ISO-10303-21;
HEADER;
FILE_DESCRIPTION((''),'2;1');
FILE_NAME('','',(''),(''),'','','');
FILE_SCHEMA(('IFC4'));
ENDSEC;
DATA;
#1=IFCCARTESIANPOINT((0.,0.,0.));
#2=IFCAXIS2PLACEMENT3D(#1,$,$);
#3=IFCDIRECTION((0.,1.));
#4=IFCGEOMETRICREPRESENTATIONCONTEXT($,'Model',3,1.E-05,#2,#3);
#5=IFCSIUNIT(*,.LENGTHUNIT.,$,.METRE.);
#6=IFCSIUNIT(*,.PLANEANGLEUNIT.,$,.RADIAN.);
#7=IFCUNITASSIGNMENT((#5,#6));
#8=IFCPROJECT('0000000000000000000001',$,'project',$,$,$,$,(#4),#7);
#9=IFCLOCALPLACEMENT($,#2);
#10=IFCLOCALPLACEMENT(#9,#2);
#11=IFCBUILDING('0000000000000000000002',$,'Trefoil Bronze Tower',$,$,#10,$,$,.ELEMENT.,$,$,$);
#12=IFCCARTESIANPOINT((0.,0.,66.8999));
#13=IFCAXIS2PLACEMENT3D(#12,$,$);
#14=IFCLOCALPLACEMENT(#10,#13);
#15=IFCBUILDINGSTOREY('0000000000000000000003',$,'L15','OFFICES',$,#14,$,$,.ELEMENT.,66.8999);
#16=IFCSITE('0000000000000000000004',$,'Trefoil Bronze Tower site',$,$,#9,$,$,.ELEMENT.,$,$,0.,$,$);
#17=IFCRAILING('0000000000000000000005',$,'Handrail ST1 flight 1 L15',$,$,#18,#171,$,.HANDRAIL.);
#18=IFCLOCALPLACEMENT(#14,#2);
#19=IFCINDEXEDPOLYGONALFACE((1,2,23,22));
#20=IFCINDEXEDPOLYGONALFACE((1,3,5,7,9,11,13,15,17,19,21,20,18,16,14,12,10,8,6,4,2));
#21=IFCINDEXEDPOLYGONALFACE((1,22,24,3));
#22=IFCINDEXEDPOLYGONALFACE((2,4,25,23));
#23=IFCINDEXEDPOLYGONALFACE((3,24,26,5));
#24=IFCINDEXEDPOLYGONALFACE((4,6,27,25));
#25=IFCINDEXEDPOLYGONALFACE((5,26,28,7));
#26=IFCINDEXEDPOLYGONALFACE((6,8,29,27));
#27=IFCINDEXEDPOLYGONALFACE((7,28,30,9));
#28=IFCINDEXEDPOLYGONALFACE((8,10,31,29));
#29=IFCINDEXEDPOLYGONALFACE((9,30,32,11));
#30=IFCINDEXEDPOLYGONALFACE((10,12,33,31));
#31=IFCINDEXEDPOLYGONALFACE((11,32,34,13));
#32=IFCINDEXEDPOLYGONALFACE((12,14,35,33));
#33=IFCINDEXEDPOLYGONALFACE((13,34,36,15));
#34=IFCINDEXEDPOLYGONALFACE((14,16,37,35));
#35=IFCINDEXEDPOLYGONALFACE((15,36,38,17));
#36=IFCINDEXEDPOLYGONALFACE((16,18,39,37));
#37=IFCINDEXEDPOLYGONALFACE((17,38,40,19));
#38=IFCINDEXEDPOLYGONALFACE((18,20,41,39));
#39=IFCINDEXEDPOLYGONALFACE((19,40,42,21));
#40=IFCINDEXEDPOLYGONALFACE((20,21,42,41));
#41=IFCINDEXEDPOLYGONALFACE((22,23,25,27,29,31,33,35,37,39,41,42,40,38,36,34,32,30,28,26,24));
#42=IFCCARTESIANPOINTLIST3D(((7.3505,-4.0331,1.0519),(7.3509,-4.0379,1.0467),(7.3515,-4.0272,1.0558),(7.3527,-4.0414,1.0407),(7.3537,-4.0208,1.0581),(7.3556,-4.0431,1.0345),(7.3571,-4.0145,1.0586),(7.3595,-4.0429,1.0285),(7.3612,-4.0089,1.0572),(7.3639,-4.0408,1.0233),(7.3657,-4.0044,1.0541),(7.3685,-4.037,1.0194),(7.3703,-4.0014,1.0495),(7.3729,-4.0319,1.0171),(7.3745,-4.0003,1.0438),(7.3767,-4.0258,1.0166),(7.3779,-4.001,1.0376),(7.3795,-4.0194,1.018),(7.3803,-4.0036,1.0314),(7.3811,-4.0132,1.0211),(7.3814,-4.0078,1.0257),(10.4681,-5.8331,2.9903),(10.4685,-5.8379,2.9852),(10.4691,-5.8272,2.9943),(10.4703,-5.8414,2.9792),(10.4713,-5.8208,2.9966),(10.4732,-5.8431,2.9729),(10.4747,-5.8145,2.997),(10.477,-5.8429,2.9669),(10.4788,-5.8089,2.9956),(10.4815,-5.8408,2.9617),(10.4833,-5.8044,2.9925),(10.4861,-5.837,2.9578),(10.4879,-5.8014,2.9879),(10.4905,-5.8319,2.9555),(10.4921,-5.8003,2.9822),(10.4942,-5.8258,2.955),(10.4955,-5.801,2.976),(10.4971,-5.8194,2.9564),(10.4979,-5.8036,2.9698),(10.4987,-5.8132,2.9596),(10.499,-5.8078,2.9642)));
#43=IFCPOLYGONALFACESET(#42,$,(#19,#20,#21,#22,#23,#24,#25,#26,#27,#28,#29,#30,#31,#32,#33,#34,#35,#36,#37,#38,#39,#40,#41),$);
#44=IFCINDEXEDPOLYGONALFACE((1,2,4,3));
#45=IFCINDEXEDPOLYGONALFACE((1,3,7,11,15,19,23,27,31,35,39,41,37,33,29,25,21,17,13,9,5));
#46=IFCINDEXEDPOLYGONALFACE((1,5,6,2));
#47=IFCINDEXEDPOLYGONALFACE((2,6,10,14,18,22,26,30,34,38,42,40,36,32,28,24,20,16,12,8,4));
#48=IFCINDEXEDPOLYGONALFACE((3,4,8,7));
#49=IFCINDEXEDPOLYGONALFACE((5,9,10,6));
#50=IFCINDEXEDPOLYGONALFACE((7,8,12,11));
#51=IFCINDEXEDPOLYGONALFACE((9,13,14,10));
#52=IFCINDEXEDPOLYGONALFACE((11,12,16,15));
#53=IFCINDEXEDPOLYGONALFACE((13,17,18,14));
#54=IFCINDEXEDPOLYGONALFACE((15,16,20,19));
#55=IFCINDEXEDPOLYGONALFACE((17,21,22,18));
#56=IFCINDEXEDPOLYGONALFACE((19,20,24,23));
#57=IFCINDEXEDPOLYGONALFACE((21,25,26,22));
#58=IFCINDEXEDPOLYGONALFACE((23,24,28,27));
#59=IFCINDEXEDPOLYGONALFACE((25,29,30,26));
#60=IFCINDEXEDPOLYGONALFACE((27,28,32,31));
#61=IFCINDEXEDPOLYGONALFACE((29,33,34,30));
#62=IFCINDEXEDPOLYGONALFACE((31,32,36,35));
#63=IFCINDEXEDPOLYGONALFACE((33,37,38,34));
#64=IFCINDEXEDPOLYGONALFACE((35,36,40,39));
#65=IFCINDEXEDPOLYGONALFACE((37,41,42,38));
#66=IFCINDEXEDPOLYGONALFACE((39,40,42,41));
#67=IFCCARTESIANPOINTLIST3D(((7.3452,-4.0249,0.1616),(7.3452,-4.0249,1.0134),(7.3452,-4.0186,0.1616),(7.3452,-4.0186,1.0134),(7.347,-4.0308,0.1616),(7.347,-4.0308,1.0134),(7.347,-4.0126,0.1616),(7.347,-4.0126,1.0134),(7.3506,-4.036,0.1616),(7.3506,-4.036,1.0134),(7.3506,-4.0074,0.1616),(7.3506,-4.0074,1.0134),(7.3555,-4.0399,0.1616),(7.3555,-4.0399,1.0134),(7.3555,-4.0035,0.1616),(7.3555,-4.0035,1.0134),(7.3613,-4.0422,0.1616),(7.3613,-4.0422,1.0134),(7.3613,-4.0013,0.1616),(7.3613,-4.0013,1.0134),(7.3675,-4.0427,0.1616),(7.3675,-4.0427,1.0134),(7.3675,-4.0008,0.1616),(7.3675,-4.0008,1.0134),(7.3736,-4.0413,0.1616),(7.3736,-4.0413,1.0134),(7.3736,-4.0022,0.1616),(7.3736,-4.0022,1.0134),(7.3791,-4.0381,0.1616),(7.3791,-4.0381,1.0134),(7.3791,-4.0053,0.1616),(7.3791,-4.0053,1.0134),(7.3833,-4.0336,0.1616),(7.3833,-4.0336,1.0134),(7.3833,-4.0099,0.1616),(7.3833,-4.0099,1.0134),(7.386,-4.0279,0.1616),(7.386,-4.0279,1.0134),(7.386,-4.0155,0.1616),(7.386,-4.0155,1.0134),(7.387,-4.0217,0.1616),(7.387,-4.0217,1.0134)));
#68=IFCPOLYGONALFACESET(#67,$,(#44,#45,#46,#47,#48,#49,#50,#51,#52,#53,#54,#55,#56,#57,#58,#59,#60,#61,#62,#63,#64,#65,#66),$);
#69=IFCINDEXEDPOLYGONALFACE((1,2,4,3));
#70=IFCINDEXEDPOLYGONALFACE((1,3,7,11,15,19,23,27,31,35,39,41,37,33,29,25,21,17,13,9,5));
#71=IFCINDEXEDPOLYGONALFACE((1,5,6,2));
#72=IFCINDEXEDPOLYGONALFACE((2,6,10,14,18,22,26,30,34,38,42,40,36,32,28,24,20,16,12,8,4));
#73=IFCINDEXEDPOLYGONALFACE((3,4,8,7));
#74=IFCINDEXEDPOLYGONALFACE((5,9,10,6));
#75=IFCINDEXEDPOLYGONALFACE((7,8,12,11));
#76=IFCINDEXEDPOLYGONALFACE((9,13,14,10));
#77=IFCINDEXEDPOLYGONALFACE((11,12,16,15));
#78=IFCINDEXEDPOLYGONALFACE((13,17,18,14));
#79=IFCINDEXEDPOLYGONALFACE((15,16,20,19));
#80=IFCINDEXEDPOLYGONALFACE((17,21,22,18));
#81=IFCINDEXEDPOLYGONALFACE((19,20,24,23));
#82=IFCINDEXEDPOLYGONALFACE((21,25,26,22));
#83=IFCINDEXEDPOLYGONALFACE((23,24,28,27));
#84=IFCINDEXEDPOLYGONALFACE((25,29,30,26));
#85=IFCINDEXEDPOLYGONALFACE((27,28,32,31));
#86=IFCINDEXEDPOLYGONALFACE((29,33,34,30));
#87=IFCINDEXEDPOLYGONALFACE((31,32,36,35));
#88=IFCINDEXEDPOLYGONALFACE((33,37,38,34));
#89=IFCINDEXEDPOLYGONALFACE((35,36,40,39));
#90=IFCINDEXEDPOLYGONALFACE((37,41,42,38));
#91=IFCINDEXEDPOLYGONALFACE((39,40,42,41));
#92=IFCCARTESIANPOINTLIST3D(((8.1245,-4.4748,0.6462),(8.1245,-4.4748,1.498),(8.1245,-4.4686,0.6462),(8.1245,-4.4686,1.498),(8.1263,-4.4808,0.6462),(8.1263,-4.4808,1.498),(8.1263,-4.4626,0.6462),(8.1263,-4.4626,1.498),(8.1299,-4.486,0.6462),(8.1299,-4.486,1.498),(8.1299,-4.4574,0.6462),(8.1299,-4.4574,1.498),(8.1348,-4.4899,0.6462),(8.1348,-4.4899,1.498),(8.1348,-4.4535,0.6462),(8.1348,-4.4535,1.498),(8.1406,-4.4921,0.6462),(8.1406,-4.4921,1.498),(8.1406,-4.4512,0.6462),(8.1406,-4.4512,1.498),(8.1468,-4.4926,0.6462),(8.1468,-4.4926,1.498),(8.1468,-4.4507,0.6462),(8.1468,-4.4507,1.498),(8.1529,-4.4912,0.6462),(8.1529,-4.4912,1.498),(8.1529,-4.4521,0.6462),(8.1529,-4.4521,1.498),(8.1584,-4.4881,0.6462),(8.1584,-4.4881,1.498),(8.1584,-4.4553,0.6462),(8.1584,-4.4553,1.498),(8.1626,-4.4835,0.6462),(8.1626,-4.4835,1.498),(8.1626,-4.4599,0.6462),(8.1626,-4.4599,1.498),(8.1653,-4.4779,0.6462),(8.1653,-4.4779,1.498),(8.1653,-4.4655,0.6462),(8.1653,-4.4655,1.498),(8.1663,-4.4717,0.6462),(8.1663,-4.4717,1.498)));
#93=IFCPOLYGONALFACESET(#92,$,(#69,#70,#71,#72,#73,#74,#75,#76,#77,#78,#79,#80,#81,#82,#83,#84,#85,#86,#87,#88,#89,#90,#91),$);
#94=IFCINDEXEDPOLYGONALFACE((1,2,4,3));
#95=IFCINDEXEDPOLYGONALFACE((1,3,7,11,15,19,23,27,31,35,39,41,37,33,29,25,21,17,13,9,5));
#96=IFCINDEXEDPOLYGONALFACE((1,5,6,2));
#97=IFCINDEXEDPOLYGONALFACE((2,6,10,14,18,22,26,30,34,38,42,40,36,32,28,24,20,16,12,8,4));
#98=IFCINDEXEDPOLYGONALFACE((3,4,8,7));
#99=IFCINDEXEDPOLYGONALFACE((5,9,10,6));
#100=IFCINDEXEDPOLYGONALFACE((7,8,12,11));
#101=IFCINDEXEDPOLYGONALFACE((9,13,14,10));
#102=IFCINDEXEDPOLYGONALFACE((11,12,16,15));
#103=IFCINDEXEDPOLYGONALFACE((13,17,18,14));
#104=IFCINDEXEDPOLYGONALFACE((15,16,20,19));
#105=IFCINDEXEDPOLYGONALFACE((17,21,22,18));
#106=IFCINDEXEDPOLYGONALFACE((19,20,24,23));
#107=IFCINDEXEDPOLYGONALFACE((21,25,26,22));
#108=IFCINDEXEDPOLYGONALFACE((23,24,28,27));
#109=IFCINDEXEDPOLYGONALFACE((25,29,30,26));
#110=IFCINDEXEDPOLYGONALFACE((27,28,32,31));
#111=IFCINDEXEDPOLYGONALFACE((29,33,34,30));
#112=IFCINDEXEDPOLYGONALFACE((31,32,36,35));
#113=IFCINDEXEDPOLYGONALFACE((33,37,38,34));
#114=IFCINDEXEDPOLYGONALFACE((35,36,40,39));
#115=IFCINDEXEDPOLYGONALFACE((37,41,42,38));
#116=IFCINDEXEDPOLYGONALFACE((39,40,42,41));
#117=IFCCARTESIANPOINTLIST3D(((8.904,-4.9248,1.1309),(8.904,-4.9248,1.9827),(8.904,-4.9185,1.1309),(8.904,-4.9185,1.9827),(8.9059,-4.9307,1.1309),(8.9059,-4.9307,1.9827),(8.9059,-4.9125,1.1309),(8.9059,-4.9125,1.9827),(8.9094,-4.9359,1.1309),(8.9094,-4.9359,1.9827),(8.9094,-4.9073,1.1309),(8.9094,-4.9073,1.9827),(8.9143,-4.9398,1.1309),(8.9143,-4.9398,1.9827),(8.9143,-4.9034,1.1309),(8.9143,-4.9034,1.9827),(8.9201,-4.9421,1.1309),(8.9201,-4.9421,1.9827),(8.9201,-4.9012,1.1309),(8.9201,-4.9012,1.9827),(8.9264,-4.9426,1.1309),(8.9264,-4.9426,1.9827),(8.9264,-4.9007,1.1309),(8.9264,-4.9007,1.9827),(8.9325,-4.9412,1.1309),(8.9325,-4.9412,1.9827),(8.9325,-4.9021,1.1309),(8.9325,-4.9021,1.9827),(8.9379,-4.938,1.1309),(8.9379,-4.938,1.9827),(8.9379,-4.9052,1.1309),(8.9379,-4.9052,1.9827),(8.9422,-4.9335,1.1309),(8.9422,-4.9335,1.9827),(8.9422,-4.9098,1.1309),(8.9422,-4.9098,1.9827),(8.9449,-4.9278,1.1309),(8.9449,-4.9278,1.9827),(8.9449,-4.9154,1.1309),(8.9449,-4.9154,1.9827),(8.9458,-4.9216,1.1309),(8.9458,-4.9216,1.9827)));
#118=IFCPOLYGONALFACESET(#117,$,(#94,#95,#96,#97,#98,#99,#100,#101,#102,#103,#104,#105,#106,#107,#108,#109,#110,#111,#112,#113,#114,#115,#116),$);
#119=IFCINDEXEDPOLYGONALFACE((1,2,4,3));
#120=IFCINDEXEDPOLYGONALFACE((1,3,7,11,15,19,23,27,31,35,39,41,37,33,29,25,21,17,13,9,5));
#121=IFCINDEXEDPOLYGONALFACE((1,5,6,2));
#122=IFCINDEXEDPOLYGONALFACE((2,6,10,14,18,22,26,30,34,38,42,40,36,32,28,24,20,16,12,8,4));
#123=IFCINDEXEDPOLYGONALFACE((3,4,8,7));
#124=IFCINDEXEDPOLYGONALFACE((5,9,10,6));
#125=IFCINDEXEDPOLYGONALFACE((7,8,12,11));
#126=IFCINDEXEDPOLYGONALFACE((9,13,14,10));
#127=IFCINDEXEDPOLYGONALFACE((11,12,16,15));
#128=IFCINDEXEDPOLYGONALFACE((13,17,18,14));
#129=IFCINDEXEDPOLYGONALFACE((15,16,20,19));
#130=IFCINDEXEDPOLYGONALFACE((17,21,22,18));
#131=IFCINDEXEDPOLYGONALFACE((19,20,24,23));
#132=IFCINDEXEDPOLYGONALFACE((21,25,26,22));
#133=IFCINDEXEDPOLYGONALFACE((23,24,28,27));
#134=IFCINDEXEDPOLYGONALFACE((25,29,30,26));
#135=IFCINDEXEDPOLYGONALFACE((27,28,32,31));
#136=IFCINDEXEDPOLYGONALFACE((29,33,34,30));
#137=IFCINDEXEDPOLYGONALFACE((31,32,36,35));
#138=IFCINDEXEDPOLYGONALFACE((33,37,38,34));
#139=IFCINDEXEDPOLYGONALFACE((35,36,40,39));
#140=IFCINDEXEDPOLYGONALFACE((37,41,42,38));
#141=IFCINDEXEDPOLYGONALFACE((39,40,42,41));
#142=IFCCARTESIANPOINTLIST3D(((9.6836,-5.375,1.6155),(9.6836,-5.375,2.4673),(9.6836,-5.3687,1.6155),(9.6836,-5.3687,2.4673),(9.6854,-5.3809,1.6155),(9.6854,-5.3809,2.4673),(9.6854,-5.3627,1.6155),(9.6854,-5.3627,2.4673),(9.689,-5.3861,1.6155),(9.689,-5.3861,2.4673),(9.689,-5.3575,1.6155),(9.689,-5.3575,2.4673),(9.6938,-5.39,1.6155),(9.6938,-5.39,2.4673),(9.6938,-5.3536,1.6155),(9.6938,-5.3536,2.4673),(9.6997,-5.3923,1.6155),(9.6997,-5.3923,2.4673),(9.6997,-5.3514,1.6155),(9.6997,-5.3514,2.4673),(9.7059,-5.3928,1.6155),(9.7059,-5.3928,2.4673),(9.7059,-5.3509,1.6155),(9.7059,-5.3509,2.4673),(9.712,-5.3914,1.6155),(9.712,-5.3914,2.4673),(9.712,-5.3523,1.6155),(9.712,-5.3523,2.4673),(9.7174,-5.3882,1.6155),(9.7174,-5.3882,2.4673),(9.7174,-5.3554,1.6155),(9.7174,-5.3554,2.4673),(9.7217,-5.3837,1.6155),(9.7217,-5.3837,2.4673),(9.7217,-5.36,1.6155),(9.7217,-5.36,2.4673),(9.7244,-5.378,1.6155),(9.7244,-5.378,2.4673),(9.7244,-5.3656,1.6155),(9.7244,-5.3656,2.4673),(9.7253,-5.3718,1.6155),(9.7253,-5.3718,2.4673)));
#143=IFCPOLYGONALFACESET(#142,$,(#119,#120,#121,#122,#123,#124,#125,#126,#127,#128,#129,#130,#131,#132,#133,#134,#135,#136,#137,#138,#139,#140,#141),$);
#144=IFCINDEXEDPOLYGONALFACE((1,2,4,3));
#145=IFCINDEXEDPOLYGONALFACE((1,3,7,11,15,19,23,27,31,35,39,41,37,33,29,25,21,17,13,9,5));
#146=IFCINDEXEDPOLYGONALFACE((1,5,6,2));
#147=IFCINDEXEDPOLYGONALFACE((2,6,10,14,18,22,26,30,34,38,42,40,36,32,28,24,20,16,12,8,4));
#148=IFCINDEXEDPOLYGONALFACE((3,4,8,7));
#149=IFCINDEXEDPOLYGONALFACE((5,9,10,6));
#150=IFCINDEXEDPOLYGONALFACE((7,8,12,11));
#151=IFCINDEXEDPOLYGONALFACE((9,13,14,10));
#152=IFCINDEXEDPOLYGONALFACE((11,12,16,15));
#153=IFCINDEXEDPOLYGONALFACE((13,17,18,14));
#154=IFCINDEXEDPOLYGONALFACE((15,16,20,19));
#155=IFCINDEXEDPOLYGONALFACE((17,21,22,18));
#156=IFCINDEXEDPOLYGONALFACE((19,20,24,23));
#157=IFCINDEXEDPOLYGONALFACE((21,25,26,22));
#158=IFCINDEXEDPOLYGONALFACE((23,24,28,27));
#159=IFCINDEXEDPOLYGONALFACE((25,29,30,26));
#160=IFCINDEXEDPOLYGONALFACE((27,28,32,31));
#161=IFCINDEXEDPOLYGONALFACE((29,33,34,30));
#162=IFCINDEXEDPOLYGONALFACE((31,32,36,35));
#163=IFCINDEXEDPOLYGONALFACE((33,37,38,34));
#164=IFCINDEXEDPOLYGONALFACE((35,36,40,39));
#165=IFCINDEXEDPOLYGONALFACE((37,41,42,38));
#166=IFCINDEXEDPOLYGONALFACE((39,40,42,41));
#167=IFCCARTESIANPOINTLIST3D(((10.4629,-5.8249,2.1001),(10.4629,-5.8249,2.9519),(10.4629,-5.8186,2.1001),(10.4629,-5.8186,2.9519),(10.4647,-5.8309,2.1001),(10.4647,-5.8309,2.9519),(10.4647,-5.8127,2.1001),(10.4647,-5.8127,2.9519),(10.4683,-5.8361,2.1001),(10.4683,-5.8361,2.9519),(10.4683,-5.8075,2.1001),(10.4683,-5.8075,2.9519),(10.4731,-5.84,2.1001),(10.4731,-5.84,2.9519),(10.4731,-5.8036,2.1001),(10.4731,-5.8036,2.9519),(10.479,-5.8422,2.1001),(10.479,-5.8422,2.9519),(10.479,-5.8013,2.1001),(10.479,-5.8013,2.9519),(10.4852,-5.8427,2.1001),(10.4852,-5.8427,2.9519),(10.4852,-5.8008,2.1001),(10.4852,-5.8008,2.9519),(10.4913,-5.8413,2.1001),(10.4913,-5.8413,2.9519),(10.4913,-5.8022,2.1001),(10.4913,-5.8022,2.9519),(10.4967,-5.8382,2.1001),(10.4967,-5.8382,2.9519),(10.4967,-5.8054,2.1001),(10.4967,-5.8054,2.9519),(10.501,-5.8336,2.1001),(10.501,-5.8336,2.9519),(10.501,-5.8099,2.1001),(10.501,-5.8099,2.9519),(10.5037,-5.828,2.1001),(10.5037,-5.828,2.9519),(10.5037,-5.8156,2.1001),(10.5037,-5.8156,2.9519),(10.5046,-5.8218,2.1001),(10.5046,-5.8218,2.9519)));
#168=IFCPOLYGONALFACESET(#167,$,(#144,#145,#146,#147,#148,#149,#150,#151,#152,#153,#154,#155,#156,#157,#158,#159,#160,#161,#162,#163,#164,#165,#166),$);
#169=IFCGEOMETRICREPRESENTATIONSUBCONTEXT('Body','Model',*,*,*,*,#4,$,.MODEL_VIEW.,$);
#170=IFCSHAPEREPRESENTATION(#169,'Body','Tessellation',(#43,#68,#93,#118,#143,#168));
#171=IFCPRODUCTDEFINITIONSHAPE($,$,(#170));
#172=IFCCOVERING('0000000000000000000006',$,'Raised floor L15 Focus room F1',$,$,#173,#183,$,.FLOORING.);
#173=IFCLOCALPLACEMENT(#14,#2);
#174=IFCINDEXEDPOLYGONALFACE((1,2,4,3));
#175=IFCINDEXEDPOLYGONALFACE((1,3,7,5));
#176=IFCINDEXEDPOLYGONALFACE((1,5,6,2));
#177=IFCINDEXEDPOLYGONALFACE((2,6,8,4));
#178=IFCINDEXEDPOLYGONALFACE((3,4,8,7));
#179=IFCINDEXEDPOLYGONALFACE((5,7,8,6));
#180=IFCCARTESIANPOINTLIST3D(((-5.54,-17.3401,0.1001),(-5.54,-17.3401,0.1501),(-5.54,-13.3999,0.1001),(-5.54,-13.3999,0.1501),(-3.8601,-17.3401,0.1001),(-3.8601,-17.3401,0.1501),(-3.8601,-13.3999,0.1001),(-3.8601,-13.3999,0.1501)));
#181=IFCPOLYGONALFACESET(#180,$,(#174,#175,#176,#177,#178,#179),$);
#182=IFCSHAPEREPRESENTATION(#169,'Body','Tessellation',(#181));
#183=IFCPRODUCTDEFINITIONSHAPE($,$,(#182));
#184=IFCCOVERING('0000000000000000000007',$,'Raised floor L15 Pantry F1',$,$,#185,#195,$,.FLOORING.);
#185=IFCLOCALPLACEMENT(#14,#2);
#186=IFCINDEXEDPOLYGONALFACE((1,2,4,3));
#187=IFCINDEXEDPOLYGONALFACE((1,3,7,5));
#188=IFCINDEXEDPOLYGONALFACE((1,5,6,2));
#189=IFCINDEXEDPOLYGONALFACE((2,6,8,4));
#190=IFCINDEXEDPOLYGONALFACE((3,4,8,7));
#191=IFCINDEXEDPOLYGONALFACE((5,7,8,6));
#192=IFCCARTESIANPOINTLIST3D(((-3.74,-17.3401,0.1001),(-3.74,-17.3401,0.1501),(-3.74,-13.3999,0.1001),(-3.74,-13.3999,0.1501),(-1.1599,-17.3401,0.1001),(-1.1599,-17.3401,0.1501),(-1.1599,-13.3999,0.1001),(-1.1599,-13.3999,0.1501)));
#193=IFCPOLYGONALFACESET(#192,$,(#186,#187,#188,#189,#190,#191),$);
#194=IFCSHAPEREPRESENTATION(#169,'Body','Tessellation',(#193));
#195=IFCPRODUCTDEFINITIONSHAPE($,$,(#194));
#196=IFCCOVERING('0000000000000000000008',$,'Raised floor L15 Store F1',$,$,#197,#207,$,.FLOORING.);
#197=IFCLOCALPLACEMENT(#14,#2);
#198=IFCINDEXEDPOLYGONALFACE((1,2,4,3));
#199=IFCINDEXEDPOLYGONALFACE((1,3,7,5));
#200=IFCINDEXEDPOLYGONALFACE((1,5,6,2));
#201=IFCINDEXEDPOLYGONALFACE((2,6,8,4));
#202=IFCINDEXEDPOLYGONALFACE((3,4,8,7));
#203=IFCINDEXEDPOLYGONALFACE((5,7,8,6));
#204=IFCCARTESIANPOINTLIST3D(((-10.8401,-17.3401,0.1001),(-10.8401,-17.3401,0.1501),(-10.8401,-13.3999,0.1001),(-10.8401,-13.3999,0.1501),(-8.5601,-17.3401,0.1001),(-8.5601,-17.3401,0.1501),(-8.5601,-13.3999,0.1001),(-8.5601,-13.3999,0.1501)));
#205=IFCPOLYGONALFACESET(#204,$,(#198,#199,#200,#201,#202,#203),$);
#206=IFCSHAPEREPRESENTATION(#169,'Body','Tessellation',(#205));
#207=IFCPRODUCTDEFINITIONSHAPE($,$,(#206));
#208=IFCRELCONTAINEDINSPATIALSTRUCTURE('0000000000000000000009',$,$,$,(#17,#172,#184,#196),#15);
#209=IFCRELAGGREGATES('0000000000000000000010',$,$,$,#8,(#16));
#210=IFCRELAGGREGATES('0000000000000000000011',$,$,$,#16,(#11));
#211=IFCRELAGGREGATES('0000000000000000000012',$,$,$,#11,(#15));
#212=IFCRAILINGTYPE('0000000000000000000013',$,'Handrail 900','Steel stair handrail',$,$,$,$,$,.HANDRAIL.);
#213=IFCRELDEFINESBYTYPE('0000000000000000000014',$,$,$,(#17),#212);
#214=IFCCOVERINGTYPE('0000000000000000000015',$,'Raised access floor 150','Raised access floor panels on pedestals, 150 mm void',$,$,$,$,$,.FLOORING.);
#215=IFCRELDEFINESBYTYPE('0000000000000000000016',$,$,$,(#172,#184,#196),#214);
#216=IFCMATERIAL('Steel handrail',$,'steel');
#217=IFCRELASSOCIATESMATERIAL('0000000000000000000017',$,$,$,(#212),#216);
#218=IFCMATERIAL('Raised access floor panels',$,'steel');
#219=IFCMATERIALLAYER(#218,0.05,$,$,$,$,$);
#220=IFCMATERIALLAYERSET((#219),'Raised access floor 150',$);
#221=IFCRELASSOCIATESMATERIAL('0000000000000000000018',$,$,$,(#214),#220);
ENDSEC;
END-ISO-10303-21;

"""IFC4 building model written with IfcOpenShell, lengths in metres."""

from ifc_helpers import new_model, si_unit, direction, frame, origin, origin_2d, place, context, subcontext, project, spatial, polyline, circle, outline, extrude, material, layer, layer_set, type_object, element, save


model = new_model("IFC4")

# Units and contexts
model_context = context("Model", 3, precision=1e-05, world=origin(), true_north=direction((0.0, 1.0)))
body_context = subcontext(model_context, "Body", "Model", "MODEL_VIEW")
ifc_project = project(units=[si_unit("LENGTHUNIT", "METRE"), si_unit("PLANEANGLEUNIT", "RADIAN")], contexts=[model_context])

# Site, building, storey
site_placement = place(None, origin())
site = spatial("IfcSite", under=ifc_project, at=site_placement, Name="Trefoil Bronze Tower site", CompositionType="ELEMENT", RefElevation=0.0)
building_placement = place(site_placement, origin())
building = spatial("IfcBuilding", under=site, at=building_placement, Name="Trefoil Bronze Tower", CompositionType="ELEMENT")
storey_placement = place(building_placement, frame((0.0, 0.0, 66.8999)))
storey = spatial("IfcBuildingStorey", under=building, at=storey_placement, Name="L15", Description="OFFICES", CompositionType="ELEMENT", Elevation=66.8999)

# Railing
ifc_material_1 = material(Name="Steel handrail", Category="steel")
railing_type = type_object("IfcRailingType", Name="Handrail 900", Description="Steel stair handrail", PredefinedType="HANDRAIL", material=ifc_material_1)
railing_placement = place(storey_placement, frame((7.366, -4.0217, 0.1616)))
element("IfcRailing", 1, at=railing_placement, inside=storey, type_object=railing_type, Name="Handrail ST1 flight 1 L15", PredefinedType="HANDRAIL", context=body_context, shape_type="SweptSolid", body=[
    extrude(circle(Radius=0.0239, at=origin_2d()), frame((0.0, 0.0, 0.876), z_axis=(0.762503, -0.440246, 0.474102), x_axis=(0.500012, 0.866018, 0.0)), (0.0, 0.0, 1.0), 4.0886),
    extrude(circle(Radius=0.021, at=origin_2d()), origin(), (0.0, 0.0, 1.0), 0.8518),
    extrude(circle(Radius=0.021, at=origin_2d()), frame((0.7793, -0.45, 0.4846)), (0.0, 0.0, 1.0), 0.8518),
    extrude(circle(Radius=0.021, at=origin_2d()), frame((1.5588, -0.8999, 0.9692)), (0.0, 0.0, 1.0), 0.8518),
    extrude(circle(Radius=0.021, at=origin_2d()), frame((2.3384, -1.3501, 1.4539)), (0.0, 0.0, 1.0), 0.8518),
    extrude(circle(Radius=0.021, at=origin_2d()), frame((3.1177, -1.8, 1.9385)), (0.0, 0.0, 1.0), 0.8518),
])

# Coverings
ifc_material_2 = material(Name="Raised access floor panels", Category="steel")
ifc_layer_1 = layer(ifc_material_2, 0.05)
ifc_layer_set_1 = layer_set([ifc_layer_1], Name="Raised access floor 150")
covering_type_1 = type_object("IfcCoveringType", Name="Raised access floor 150", Description="Raised access floor panels on pedestals, 150 mm void", PredefinedType="FLOORING", material=ifc_layer_set_1)
covering_1_placement = place(storey_placement, frame((0.0, 0.0, 0.1001)))
element("IfcCovering", 2, at=covering_1_placement, inside=storey, type_object=covering_type_1, Name="Raised floor L15 Focus room F1", PredefinedType="FLOORING", context=body_context, shape_type="SweptSolid", body=[
    extrude(outline(polyline([(-3.8601, -13.3999), (-3.8601, -17.3401), (-5.54, -17.3401), (-5.54, -13.3999), (-3.8601, -13.3999)])), origin(), (0.0, 0.0, 1.0), 0.05),
])
covering_2_placement = place(storey_placement, frame((0.0, 0.0, 0.1001)))
element("IfcCovering", 3, at=covering_2_placement, inside=storey, type_object=covering_type_1, Name="Raised floor L15 Pantry F1", PredefinedType="FLOORING", context=body_context, shape_type="SweptSolid", body=[
    extrude(outline(polyline([(-1.1599, -13.3999), (-1.1599, -17.3401), (-3.74, -17.3401), (-3.74, -13.3999), (-1.1599, -13.3999)])), origin(), (0.0, 0.0, 1.0), 0.05),
])
covering_3_placement = place(storey_placement, frame((0.0, 0.0, 0.1001)))
element("IfcCovering", 4, at=covering_3_placement, inside=storey, type_object=covering_type_1, Name="Raised floor L15 Store F1", PredefinedType="FLOORING", context=body_context, shape_type="SweptSolid", body=[
    extrude(outline(polyline([(-8.5601, -13.3999), (-8.5601, -17.3401), (-10.8401, -17.3401), (-10.8401, -13.3999), (-8.5601, -13.3999)])), origin(), (0.0, 0.0, 1.0), 0.05),
])

save(model, "model.ifc")
